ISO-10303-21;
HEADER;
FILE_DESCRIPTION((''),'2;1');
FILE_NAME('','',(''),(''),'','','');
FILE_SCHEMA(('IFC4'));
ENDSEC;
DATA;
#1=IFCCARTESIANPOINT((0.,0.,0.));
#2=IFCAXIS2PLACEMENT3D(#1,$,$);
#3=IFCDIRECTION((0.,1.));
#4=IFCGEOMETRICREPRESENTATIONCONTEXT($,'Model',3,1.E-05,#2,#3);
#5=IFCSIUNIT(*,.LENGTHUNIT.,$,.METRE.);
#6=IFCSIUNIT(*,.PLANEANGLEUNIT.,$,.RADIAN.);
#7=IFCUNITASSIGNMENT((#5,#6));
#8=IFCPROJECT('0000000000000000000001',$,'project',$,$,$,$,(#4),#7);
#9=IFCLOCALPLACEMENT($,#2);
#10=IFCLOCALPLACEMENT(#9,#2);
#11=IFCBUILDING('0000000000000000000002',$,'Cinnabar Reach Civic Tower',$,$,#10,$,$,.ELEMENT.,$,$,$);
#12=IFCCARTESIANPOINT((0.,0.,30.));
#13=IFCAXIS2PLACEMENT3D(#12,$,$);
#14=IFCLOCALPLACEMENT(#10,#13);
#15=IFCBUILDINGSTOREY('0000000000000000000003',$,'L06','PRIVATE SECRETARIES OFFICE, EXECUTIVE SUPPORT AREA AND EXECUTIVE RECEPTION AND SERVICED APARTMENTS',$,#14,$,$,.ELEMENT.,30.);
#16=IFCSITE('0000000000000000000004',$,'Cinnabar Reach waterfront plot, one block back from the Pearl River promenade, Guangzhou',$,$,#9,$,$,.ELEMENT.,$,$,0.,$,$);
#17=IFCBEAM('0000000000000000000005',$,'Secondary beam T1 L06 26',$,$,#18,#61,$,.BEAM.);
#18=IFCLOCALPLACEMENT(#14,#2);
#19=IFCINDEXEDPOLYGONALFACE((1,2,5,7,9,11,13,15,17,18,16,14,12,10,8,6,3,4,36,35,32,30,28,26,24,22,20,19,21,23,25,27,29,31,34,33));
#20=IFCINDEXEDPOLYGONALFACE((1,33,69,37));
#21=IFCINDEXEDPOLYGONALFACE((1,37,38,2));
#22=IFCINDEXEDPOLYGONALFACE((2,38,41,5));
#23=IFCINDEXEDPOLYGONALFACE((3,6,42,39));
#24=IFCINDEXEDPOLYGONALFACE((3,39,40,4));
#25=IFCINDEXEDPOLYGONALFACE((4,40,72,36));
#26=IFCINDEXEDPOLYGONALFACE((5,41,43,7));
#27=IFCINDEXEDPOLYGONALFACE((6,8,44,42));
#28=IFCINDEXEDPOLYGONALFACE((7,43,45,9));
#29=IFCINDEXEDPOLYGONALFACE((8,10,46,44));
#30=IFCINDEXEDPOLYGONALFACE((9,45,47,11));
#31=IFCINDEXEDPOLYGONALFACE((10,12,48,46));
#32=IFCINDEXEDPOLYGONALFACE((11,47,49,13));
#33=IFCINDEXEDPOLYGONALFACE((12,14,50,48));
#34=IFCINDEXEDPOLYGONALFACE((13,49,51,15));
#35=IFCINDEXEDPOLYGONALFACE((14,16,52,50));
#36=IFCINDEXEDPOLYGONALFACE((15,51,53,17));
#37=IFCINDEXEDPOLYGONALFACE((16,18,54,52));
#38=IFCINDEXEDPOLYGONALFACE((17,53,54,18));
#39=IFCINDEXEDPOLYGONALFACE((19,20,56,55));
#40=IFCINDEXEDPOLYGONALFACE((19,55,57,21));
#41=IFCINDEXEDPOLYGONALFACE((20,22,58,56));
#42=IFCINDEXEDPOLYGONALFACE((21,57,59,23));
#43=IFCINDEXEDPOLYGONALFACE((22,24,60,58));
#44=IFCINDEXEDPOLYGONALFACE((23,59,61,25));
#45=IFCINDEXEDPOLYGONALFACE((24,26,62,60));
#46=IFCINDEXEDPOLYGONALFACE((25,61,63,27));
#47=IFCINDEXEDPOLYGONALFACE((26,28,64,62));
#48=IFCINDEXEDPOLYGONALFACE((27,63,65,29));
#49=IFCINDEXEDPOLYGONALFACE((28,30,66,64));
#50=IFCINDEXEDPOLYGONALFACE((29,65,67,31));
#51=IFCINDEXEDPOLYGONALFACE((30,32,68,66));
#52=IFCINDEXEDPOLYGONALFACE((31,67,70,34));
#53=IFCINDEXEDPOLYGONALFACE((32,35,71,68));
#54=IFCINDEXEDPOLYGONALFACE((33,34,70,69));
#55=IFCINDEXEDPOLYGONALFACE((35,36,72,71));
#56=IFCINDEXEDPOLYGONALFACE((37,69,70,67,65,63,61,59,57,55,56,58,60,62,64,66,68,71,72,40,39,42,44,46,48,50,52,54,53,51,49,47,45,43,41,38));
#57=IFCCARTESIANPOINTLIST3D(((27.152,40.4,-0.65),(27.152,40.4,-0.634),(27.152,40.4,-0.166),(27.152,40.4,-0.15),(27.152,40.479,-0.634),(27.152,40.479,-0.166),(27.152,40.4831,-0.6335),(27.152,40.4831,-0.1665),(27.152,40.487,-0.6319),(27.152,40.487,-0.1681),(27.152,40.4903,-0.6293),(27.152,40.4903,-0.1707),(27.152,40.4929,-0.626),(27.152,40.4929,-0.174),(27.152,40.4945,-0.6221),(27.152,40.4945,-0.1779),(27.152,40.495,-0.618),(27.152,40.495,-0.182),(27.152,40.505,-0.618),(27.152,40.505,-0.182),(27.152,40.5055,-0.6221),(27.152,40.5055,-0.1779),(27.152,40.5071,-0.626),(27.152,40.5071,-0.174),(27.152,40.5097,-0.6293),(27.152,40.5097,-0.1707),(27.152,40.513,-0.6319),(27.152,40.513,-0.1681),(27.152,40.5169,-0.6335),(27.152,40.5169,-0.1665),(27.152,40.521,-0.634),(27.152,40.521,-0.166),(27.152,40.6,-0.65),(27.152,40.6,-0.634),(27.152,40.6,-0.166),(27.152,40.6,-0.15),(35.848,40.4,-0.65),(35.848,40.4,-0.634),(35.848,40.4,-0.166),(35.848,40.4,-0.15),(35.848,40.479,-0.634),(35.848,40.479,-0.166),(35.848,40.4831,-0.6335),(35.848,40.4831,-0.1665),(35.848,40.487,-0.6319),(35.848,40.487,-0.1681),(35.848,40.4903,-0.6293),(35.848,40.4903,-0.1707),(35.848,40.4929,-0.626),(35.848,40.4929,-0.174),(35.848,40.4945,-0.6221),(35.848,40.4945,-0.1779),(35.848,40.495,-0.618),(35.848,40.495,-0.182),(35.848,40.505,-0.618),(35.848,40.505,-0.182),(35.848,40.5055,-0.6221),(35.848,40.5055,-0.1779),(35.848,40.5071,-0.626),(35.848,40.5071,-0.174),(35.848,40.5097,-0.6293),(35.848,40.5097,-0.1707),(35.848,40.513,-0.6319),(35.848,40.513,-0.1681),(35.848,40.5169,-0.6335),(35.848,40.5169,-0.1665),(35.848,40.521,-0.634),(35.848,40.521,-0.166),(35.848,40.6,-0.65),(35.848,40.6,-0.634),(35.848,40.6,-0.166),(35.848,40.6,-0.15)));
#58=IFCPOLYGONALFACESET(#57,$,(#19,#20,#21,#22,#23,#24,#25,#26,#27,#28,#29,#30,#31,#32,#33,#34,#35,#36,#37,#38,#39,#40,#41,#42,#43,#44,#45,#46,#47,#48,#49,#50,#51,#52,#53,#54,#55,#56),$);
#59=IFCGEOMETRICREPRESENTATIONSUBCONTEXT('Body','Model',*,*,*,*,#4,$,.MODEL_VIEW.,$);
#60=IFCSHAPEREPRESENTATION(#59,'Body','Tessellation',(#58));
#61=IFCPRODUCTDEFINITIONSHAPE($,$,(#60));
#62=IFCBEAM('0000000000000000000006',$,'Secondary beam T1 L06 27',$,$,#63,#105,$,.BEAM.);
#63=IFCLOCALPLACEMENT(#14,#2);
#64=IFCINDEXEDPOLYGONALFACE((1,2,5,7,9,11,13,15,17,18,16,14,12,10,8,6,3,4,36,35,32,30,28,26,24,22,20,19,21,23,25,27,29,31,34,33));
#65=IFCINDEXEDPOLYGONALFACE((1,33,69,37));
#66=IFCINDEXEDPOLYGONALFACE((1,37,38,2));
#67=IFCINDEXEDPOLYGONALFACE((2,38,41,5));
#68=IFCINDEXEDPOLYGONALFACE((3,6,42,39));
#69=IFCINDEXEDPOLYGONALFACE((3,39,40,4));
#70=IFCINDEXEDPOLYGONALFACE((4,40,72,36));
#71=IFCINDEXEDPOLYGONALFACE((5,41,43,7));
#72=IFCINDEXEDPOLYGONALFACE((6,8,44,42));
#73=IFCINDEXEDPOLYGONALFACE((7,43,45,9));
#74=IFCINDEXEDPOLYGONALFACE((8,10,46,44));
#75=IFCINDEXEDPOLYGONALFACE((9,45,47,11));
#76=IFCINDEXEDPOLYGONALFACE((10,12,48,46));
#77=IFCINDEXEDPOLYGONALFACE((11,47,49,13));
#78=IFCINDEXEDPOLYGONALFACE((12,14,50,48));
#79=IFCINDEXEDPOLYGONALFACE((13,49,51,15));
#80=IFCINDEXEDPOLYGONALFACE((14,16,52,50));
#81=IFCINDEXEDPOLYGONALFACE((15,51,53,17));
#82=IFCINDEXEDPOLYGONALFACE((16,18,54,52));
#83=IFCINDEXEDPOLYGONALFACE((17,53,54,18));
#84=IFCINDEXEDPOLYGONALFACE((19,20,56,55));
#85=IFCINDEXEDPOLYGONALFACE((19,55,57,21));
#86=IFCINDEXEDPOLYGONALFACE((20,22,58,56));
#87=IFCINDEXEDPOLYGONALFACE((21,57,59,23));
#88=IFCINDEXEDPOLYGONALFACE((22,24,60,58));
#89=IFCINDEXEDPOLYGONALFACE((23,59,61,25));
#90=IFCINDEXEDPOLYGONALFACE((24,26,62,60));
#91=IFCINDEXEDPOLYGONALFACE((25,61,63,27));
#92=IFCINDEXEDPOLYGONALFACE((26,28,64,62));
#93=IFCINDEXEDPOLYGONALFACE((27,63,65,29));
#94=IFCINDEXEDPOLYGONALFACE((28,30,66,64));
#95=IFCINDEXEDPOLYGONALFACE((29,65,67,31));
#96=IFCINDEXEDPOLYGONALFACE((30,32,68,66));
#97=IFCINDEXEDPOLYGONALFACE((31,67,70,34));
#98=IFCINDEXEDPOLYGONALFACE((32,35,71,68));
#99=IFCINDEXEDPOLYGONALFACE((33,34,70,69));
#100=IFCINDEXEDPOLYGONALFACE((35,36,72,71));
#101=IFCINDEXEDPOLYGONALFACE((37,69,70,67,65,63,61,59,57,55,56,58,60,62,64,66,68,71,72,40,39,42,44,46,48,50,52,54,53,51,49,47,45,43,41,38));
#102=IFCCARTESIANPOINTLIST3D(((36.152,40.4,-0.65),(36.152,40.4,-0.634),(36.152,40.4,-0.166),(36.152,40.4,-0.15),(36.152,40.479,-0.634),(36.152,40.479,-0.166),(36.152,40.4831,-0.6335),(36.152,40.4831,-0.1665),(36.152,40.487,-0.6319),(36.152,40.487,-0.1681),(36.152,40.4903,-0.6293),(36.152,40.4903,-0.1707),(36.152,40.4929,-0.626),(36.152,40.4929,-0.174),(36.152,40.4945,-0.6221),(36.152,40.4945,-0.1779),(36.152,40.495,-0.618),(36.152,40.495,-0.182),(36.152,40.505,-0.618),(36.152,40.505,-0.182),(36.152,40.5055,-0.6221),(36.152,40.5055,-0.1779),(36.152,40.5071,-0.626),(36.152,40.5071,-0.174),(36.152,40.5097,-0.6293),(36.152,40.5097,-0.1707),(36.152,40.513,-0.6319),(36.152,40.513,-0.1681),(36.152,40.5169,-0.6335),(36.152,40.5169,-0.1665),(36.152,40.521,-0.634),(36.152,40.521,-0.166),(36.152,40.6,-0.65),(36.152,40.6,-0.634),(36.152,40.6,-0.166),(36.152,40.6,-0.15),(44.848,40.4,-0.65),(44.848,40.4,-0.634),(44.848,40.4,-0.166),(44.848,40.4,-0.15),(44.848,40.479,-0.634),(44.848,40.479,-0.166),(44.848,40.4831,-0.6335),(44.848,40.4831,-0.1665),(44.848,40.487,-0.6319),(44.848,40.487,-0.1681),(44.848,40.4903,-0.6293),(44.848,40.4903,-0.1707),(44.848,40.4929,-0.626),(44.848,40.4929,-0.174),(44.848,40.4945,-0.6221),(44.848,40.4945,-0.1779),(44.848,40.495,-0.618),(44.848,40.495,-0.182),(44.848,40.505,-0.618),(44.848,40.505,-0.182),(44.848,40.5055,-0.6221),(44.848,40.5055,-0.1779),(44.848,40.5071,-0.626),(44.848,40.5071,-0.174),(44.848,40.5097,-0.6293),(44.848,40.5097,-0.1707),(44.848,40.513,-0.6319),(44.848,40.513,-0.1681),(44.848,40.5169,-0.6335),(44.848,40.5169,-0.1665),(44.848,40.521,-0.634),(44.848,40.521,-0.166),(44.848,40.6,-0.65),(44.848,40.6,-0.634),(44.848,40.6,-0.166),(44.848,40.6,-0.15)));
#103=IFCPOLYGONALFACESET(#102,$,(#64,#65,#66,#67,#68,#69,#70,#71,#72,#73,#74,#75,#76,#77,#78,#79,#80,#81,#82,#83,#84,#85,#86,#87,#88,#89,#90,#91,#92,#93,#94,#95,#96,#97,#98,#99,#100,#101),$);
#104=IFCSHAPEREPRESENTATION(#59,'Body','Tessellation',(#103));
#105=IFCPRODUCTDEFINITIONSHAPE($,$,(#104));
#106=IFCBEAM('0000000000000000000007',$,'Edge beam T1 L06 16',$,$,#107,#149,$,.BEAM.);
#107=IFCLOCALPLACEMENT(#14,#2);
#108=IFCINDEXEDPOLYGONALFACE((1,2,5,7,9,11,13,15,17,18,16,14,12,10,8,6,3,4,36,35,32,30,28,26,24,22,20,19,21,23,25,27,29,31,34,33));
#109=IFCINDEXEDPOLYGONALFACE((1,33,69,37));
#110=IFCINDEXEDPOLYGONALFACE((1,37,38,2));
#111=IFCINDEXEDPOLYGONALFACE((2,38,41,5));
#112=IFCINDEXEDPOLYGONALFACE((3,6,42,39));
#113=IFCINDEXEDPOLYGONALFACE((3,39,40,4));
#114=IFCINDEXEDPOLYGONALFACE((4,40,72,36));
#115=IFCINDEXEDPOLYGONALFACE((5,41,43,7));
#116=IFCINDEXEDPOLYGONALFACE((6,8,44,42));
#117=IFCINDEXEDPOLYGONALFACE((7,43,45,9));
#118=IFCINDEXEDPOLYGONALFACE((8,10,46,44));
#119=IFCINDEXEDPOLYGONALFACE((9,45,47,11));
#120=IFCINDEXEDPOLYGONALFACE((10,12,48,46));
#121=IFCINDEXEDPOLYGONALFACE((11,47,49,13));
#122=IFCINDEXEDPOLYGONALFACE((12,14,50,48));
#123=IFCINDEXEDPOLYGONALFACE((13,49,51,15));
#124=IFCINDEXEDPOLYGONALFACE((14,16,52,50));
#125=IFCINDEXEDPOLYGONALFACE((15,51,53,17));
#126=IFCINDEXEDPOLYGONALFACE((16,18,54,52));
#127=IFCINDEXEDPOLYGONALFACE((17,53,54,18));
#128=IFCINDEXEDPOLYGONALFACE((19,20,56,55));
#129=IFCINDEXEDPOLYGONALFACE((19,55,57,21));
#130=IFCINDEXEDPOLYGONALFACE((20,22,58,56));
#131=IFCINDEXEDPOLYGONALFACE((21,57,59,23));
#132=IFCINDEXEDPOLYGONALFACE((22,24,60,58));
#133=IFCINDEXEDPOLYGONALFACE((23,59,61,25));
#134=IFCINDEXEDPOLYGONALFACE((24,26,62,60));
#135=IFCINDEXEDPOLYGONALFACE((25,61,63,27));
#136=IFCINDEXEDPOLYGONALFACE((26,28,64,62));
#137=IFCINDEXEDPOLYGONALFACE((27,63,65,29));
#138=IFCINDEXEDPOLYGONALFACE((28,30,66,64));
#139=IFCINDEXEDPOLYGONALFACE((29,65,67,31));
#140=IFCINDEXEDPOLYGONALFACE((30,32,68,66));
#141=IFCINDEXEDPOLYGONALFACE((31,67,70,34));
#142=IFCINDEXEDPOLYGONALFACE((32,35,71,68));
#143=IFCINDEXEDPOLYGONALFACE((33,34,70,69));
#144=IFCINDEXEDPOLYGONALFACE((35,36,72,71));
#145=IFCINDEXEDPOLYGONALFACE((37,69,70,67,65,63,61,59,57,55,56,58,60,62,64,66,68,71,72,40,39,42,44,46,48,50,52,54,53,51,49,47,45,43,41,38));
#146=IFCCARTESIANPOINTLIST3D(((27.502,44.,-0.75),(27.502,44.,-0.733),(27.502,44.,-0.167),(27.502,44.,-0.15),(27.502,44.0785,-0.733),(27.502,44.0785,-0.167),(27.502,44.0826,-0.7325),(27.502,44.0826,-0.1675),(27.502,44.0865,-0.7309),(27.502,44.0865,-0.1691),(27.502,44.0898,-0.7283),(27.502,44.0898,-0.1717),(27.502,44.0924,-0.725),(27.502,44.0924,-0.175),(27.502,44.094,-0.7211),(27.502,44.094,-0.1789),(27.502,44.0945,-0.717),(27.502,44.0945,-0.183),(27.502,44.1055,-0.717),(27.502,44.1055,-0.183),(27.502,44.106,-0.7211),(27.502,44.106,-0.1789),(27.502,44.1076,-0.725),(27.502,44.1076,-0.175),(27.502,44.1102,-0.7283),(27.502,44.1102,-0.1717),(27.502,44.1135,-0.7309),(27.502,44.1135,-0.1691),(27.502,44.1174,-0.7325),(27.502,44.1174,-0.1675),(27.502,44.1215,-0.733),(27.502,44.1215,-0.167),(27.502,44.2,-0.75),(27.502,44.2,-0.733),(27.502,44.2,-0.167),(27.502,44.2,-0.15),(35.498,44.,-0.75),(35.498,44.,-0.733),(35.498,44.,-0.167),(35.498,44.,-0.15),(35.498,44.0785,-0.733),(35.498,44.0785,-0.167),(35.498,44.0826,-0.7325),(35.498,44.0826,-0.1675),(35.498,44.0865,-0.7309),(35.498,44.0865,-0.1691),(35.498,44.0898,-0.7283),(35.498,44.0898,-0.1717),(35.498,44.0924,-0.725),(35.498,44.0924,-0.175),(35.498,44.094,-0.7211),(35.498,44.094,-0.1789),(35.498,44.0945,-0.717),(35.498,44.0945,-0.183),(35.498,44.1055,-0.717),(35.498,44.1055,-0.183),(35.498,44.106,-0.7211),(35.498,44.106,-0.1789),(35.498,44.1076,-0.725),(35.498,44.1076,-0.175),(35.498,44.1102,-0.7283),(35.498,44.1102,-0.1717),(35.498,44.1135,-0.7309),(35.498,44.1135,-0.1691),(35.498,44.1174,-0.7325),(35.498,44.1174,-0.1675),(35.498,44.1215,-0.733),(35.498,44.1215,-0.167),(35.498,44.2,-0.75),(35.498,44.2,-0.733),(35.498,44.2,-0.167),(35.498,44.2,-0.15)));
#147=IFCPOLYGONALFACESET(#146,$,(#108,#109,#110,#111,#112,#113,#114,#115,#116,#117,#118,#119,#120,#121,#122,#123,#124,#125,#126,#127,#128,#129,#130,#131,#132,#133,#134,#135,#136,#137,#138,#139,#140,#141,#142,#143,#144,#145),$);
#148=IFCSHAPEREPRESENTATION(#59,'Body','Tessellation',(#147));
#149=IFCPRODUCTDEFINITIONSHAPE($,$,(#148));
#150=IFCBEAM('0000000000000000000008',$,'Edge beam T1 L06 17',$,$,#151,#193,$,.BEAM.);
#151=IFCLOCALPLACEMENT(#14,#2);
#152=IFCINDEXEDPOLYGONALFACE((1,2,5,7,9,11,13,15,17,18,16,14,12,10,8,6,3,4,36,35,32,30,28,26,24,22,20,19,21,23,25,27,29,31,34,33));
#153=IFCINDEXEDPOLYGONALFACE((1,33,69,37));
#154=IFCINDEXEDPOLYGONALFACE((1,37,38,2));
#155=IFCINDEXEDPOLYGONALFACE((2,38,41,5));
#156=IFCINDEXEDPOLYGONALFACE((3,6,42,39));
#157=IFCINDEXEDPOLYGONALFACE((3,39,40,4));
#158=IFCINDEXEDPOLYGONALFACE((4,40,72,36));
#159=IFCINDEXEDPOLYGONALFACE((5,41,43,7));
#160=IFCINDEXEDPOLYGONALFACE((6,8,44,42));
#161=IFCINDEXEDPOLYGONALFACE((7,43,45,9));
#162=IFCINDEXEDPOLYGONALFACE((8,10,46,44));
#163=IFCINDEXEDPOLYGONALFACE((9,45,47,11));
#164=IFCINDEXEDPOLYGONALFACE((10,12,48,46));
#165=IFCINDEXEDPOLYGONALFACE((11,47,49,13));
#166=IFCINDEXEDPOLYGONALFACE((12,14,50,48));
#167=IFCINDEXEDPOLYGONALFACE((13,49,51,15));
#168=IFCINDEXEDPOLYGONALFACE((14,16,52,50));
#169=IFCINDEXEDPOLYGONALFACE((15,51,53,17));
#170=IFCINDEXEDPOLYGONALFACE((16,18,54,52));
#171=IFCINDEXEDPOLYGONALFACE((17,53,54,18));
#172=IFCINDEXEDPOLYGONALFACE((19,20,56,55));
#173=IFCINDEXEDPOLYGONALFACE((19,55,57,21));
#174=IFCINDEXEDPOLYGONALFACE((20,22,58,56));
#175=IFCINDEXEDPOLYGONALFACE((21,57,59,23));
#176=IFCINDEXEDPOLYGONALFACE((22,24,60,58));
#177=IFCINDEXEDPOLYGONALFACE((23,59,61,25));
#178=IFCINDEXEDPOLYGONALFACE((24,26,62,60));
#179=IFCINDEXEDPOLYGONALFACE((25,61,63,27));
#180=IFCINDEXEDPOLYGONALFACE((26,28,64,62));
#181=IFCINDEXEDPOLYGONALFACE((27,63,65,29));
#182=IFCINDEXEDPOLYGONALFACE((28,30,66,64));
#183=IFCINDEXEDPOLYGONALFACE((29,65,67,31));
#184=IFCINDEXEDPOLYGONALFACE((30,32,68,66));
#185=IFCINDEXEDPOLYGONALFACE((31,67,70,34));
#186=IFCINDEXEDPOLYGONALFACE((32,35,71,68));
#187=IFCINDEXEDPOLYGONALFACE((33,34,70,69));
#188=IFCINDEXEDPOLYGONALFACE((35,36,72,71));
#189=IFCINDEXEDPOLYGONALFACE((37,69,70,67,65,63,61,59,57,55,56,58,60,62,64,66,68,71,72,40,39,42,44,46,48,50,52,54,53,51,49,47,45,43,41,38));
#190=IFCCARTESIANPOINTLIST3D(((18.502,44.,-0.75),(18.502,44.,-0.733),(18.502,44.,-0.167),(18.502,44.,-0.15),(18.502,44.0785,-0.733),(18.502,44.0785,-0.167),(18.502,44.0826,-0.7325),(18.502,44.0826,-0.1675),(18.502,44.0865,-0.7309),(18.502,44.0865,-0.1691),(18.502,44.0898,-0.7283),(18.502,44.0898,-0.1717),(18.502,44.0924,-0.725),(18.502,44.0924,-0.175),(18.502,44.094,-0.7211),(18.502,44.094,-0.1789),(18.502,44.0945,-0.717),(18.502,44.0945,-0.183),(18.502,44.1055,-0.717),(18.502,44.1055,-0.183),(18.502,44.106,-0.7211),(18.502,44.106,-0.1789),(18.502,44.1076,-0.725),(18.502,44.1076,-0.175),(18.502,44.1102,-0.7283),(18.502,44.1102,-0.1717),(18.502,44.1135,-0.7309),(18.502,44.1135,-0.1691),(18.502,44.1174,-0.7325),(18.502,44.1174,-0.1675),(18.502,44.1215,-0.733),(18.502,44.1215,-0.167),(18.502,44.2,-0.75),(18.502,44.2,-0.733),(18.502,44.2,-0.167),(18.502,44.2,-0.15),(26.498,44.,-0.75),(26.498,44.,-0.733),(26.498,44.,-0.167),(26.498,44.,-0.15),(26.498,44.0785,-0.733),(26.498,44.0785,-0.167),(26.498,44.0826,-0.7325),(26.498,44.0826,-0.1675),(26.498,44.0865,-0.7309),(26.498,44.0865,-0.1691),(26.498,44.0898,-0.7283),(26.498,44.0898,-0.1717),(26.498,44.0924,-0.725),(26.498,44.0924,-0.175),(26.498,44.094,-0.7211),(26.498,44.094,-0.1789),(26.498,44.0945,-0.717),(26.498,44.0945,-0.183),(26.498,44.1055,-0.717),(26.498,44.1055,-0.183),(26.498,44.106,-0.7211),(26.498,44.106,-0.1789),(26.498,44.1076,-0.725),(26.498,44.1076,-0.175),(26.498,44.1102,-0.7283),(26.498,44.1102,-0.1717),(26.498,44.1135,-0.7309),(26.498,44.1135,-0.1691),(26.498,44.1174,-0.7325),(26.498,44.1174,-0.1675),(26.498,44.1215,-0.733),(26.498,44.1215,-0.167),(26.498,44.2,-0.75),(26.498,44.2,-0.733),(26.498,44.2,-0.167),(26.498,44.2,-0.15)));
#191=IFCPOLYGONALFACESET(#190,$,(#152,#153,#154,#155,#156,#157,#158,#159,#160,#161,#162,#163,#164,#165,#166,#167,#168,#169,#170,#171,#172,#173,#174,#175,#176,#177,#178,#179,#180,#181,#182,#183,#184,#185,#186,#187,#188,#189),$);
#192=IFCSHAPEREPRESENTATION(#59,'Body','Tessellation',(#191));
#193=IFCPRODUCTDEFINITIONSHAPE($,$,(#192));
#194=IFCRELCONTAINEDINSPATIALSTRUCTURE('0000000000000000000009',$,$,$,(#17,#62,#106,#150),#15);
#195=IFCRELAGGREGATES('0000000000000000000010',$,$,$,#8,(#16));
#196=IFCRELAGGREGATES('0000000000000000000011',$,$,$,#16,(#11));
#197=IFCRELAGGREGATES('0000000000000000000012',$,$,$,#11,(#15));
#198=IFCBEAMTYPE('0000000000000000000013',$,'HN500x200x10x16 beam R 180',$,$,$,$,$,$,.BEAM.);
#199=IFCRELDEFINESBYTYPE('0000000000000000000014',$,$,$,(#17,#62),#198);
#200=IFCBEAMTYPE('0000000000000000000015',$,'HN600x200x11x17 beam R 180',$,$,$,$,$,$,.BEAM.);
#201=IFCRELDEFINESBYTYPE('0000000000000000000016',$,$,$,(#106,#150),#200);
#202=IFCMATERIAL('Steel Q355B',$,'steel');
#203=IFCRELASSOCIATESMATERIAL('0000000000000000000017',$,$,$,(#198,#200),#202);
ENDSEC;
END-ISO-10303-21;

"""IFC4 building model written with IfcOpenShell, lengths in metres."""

from ifc_helpers import new_model, si_unit, direction, frame, origin, origin_2d, place, context, subcontext, project, spatial, i_section, extrude, material, material_profile, profile_set, type_object, element, save


model = new_model("IFC4")

# Units and contexts
model_context = context("Model", 3, precision=1e-05, world=origin(), true_north=direction((0.0, 1.0)))
body_context = subcontext(model_context, "Body", "Model", "MODEL_VIEW")
ifc_project = project(units=[si_unit("LENGTHUNIT", "METRE"), si_unit("PLANEANGLEUNIT", "RADIAN")], contexts=[model_context])

# Site, building, storey
site_placement = place(None, origin())
site = spatial("IfcSite", under=ifc_project, at=site_placement, Name="Cinnabar Reach waterfront plot, one block back from the Pearl River promenade, Guangzhou", CompositionType="ELEMENT", RefElevation=0.0)
building_placement = place(site_placement, origin())
building = spatial("IfcBuilding", under=site, at=building_placement, Name="Cinnabar Reach Civic Tower", CompositionType="ELEMENT")
storey_placement = place(building_placement, frame((0.0, 0.0, 30.0)))
storey = spatial("IfcBuildingStorey", under=building, at=storey_placement, Name="L06", Description="PRIVATE SECRETARIES OFFICE, EXECUTIVE SUPPORT AREA AND EXECUTIVE RECEPTION AND SERVICED APARTMENTS", CompositionType="ELEMENT", Elevation=30.0)

# Beams
ifc_material_1 = material(Name="Steel Q355B", Category="steel")
ifc_material_profile_1 = material_profile(ifc_material_1, i_section(OverallWidth=0.2, OverallDepth=0.5, WebThickness=0.01, FlangeThickness=0.016, FilletRadius=0.016, at=origin_2d()), Name="HN500x200x10x16")
ifc_profile_set_1 = profile_set([ifc_material_profile_1], Name="Steel Q355B")
beam_type_1 = type_object("IfcBeamType", Name="HN500x200x10x16 beam R 180", PredefinedType="BEAM", material=ifc_profile_set_1)
for number, where, z_axis, x_axis, name in (
    (1, (27.152, 40.5, -0.4), (1.0, 0.0, 0.0), (0.0, 1.0, 0.0), "Secondary beam T1 L06 26"),
    (2, (36.152, 40.5, -0.4), (1.0, 0.0, 0.0), (0.0, 1.0, 0.0), "Secondary beam T1 L06 27"),
):
    element("IfcBeam", number, at=place(storey_placement, frame(where, z_axis=z_axis, x_axis=x_axis)), inside=storey, type_object=beam_type_1, Name=name, PredefinedType="BEAM", context=body_context, shape_type="SweptSolid", body=[
        extrude(i_section(OverallWidth=0.2, OverallDepth=0.5, WebThickness=0.01, FlangeThickness=0.016, FilletRadius=0.016, at=origin_2d()), origin(), (0.0, 0.0, 1.0), 8.696),
    ])
ifc_material_profile_2 = material_profile(ifc_material_1, i_section(OverallWidth=0.2, OverallDepth=0.6, WebThickness=0.011, FlangeThickness=0.017, FilletRadius=0.016, at=origin_2d()), Name="HN600x200x11x17")
ifc_profile_set_2 = profile_set([ifc_material_profile_2], Name="Steel Q355B")
beam_type_2 = type_object("IfcBeamType", Name="HN600x200x11x17 beam R 180", PredefinedType="BEAM", material=ifc_profile_set_2)
for number, where, z_axis, x_axis, name in (
    (3, (35.498, 44.1, -0.45), (-1.0, 0.0, 0.0), (0.0, -1.0, 0.0), "Edge beam T1 L06 16"),
    (4, (26.498, 44.1, -0.45), (-1.0, 0.0, 0.0), (0.0, -1.0, 0.0), "Edge beam T1 L06 17"),
):
    element("IfcBeam", number, at=place(storey_placement, frame(where, z_axis=z_axis, x_axis=x_axis)), inside=storey, type_object=beam_type_2, Name=name, PredefinedType="BEAM", context=body_context, shape_type="SweptSolid", body=[
        extrude(i_section(OverallWidth=0.2, OverallDepth=0.6, WebThickness=0.011, FlangeThickness=0.017, FilletRadius=0.016, at=origin_2d()), origin(), (0.0, 0.0, 1.0), 7.996),
    ])

save(model, "model.ifc")
